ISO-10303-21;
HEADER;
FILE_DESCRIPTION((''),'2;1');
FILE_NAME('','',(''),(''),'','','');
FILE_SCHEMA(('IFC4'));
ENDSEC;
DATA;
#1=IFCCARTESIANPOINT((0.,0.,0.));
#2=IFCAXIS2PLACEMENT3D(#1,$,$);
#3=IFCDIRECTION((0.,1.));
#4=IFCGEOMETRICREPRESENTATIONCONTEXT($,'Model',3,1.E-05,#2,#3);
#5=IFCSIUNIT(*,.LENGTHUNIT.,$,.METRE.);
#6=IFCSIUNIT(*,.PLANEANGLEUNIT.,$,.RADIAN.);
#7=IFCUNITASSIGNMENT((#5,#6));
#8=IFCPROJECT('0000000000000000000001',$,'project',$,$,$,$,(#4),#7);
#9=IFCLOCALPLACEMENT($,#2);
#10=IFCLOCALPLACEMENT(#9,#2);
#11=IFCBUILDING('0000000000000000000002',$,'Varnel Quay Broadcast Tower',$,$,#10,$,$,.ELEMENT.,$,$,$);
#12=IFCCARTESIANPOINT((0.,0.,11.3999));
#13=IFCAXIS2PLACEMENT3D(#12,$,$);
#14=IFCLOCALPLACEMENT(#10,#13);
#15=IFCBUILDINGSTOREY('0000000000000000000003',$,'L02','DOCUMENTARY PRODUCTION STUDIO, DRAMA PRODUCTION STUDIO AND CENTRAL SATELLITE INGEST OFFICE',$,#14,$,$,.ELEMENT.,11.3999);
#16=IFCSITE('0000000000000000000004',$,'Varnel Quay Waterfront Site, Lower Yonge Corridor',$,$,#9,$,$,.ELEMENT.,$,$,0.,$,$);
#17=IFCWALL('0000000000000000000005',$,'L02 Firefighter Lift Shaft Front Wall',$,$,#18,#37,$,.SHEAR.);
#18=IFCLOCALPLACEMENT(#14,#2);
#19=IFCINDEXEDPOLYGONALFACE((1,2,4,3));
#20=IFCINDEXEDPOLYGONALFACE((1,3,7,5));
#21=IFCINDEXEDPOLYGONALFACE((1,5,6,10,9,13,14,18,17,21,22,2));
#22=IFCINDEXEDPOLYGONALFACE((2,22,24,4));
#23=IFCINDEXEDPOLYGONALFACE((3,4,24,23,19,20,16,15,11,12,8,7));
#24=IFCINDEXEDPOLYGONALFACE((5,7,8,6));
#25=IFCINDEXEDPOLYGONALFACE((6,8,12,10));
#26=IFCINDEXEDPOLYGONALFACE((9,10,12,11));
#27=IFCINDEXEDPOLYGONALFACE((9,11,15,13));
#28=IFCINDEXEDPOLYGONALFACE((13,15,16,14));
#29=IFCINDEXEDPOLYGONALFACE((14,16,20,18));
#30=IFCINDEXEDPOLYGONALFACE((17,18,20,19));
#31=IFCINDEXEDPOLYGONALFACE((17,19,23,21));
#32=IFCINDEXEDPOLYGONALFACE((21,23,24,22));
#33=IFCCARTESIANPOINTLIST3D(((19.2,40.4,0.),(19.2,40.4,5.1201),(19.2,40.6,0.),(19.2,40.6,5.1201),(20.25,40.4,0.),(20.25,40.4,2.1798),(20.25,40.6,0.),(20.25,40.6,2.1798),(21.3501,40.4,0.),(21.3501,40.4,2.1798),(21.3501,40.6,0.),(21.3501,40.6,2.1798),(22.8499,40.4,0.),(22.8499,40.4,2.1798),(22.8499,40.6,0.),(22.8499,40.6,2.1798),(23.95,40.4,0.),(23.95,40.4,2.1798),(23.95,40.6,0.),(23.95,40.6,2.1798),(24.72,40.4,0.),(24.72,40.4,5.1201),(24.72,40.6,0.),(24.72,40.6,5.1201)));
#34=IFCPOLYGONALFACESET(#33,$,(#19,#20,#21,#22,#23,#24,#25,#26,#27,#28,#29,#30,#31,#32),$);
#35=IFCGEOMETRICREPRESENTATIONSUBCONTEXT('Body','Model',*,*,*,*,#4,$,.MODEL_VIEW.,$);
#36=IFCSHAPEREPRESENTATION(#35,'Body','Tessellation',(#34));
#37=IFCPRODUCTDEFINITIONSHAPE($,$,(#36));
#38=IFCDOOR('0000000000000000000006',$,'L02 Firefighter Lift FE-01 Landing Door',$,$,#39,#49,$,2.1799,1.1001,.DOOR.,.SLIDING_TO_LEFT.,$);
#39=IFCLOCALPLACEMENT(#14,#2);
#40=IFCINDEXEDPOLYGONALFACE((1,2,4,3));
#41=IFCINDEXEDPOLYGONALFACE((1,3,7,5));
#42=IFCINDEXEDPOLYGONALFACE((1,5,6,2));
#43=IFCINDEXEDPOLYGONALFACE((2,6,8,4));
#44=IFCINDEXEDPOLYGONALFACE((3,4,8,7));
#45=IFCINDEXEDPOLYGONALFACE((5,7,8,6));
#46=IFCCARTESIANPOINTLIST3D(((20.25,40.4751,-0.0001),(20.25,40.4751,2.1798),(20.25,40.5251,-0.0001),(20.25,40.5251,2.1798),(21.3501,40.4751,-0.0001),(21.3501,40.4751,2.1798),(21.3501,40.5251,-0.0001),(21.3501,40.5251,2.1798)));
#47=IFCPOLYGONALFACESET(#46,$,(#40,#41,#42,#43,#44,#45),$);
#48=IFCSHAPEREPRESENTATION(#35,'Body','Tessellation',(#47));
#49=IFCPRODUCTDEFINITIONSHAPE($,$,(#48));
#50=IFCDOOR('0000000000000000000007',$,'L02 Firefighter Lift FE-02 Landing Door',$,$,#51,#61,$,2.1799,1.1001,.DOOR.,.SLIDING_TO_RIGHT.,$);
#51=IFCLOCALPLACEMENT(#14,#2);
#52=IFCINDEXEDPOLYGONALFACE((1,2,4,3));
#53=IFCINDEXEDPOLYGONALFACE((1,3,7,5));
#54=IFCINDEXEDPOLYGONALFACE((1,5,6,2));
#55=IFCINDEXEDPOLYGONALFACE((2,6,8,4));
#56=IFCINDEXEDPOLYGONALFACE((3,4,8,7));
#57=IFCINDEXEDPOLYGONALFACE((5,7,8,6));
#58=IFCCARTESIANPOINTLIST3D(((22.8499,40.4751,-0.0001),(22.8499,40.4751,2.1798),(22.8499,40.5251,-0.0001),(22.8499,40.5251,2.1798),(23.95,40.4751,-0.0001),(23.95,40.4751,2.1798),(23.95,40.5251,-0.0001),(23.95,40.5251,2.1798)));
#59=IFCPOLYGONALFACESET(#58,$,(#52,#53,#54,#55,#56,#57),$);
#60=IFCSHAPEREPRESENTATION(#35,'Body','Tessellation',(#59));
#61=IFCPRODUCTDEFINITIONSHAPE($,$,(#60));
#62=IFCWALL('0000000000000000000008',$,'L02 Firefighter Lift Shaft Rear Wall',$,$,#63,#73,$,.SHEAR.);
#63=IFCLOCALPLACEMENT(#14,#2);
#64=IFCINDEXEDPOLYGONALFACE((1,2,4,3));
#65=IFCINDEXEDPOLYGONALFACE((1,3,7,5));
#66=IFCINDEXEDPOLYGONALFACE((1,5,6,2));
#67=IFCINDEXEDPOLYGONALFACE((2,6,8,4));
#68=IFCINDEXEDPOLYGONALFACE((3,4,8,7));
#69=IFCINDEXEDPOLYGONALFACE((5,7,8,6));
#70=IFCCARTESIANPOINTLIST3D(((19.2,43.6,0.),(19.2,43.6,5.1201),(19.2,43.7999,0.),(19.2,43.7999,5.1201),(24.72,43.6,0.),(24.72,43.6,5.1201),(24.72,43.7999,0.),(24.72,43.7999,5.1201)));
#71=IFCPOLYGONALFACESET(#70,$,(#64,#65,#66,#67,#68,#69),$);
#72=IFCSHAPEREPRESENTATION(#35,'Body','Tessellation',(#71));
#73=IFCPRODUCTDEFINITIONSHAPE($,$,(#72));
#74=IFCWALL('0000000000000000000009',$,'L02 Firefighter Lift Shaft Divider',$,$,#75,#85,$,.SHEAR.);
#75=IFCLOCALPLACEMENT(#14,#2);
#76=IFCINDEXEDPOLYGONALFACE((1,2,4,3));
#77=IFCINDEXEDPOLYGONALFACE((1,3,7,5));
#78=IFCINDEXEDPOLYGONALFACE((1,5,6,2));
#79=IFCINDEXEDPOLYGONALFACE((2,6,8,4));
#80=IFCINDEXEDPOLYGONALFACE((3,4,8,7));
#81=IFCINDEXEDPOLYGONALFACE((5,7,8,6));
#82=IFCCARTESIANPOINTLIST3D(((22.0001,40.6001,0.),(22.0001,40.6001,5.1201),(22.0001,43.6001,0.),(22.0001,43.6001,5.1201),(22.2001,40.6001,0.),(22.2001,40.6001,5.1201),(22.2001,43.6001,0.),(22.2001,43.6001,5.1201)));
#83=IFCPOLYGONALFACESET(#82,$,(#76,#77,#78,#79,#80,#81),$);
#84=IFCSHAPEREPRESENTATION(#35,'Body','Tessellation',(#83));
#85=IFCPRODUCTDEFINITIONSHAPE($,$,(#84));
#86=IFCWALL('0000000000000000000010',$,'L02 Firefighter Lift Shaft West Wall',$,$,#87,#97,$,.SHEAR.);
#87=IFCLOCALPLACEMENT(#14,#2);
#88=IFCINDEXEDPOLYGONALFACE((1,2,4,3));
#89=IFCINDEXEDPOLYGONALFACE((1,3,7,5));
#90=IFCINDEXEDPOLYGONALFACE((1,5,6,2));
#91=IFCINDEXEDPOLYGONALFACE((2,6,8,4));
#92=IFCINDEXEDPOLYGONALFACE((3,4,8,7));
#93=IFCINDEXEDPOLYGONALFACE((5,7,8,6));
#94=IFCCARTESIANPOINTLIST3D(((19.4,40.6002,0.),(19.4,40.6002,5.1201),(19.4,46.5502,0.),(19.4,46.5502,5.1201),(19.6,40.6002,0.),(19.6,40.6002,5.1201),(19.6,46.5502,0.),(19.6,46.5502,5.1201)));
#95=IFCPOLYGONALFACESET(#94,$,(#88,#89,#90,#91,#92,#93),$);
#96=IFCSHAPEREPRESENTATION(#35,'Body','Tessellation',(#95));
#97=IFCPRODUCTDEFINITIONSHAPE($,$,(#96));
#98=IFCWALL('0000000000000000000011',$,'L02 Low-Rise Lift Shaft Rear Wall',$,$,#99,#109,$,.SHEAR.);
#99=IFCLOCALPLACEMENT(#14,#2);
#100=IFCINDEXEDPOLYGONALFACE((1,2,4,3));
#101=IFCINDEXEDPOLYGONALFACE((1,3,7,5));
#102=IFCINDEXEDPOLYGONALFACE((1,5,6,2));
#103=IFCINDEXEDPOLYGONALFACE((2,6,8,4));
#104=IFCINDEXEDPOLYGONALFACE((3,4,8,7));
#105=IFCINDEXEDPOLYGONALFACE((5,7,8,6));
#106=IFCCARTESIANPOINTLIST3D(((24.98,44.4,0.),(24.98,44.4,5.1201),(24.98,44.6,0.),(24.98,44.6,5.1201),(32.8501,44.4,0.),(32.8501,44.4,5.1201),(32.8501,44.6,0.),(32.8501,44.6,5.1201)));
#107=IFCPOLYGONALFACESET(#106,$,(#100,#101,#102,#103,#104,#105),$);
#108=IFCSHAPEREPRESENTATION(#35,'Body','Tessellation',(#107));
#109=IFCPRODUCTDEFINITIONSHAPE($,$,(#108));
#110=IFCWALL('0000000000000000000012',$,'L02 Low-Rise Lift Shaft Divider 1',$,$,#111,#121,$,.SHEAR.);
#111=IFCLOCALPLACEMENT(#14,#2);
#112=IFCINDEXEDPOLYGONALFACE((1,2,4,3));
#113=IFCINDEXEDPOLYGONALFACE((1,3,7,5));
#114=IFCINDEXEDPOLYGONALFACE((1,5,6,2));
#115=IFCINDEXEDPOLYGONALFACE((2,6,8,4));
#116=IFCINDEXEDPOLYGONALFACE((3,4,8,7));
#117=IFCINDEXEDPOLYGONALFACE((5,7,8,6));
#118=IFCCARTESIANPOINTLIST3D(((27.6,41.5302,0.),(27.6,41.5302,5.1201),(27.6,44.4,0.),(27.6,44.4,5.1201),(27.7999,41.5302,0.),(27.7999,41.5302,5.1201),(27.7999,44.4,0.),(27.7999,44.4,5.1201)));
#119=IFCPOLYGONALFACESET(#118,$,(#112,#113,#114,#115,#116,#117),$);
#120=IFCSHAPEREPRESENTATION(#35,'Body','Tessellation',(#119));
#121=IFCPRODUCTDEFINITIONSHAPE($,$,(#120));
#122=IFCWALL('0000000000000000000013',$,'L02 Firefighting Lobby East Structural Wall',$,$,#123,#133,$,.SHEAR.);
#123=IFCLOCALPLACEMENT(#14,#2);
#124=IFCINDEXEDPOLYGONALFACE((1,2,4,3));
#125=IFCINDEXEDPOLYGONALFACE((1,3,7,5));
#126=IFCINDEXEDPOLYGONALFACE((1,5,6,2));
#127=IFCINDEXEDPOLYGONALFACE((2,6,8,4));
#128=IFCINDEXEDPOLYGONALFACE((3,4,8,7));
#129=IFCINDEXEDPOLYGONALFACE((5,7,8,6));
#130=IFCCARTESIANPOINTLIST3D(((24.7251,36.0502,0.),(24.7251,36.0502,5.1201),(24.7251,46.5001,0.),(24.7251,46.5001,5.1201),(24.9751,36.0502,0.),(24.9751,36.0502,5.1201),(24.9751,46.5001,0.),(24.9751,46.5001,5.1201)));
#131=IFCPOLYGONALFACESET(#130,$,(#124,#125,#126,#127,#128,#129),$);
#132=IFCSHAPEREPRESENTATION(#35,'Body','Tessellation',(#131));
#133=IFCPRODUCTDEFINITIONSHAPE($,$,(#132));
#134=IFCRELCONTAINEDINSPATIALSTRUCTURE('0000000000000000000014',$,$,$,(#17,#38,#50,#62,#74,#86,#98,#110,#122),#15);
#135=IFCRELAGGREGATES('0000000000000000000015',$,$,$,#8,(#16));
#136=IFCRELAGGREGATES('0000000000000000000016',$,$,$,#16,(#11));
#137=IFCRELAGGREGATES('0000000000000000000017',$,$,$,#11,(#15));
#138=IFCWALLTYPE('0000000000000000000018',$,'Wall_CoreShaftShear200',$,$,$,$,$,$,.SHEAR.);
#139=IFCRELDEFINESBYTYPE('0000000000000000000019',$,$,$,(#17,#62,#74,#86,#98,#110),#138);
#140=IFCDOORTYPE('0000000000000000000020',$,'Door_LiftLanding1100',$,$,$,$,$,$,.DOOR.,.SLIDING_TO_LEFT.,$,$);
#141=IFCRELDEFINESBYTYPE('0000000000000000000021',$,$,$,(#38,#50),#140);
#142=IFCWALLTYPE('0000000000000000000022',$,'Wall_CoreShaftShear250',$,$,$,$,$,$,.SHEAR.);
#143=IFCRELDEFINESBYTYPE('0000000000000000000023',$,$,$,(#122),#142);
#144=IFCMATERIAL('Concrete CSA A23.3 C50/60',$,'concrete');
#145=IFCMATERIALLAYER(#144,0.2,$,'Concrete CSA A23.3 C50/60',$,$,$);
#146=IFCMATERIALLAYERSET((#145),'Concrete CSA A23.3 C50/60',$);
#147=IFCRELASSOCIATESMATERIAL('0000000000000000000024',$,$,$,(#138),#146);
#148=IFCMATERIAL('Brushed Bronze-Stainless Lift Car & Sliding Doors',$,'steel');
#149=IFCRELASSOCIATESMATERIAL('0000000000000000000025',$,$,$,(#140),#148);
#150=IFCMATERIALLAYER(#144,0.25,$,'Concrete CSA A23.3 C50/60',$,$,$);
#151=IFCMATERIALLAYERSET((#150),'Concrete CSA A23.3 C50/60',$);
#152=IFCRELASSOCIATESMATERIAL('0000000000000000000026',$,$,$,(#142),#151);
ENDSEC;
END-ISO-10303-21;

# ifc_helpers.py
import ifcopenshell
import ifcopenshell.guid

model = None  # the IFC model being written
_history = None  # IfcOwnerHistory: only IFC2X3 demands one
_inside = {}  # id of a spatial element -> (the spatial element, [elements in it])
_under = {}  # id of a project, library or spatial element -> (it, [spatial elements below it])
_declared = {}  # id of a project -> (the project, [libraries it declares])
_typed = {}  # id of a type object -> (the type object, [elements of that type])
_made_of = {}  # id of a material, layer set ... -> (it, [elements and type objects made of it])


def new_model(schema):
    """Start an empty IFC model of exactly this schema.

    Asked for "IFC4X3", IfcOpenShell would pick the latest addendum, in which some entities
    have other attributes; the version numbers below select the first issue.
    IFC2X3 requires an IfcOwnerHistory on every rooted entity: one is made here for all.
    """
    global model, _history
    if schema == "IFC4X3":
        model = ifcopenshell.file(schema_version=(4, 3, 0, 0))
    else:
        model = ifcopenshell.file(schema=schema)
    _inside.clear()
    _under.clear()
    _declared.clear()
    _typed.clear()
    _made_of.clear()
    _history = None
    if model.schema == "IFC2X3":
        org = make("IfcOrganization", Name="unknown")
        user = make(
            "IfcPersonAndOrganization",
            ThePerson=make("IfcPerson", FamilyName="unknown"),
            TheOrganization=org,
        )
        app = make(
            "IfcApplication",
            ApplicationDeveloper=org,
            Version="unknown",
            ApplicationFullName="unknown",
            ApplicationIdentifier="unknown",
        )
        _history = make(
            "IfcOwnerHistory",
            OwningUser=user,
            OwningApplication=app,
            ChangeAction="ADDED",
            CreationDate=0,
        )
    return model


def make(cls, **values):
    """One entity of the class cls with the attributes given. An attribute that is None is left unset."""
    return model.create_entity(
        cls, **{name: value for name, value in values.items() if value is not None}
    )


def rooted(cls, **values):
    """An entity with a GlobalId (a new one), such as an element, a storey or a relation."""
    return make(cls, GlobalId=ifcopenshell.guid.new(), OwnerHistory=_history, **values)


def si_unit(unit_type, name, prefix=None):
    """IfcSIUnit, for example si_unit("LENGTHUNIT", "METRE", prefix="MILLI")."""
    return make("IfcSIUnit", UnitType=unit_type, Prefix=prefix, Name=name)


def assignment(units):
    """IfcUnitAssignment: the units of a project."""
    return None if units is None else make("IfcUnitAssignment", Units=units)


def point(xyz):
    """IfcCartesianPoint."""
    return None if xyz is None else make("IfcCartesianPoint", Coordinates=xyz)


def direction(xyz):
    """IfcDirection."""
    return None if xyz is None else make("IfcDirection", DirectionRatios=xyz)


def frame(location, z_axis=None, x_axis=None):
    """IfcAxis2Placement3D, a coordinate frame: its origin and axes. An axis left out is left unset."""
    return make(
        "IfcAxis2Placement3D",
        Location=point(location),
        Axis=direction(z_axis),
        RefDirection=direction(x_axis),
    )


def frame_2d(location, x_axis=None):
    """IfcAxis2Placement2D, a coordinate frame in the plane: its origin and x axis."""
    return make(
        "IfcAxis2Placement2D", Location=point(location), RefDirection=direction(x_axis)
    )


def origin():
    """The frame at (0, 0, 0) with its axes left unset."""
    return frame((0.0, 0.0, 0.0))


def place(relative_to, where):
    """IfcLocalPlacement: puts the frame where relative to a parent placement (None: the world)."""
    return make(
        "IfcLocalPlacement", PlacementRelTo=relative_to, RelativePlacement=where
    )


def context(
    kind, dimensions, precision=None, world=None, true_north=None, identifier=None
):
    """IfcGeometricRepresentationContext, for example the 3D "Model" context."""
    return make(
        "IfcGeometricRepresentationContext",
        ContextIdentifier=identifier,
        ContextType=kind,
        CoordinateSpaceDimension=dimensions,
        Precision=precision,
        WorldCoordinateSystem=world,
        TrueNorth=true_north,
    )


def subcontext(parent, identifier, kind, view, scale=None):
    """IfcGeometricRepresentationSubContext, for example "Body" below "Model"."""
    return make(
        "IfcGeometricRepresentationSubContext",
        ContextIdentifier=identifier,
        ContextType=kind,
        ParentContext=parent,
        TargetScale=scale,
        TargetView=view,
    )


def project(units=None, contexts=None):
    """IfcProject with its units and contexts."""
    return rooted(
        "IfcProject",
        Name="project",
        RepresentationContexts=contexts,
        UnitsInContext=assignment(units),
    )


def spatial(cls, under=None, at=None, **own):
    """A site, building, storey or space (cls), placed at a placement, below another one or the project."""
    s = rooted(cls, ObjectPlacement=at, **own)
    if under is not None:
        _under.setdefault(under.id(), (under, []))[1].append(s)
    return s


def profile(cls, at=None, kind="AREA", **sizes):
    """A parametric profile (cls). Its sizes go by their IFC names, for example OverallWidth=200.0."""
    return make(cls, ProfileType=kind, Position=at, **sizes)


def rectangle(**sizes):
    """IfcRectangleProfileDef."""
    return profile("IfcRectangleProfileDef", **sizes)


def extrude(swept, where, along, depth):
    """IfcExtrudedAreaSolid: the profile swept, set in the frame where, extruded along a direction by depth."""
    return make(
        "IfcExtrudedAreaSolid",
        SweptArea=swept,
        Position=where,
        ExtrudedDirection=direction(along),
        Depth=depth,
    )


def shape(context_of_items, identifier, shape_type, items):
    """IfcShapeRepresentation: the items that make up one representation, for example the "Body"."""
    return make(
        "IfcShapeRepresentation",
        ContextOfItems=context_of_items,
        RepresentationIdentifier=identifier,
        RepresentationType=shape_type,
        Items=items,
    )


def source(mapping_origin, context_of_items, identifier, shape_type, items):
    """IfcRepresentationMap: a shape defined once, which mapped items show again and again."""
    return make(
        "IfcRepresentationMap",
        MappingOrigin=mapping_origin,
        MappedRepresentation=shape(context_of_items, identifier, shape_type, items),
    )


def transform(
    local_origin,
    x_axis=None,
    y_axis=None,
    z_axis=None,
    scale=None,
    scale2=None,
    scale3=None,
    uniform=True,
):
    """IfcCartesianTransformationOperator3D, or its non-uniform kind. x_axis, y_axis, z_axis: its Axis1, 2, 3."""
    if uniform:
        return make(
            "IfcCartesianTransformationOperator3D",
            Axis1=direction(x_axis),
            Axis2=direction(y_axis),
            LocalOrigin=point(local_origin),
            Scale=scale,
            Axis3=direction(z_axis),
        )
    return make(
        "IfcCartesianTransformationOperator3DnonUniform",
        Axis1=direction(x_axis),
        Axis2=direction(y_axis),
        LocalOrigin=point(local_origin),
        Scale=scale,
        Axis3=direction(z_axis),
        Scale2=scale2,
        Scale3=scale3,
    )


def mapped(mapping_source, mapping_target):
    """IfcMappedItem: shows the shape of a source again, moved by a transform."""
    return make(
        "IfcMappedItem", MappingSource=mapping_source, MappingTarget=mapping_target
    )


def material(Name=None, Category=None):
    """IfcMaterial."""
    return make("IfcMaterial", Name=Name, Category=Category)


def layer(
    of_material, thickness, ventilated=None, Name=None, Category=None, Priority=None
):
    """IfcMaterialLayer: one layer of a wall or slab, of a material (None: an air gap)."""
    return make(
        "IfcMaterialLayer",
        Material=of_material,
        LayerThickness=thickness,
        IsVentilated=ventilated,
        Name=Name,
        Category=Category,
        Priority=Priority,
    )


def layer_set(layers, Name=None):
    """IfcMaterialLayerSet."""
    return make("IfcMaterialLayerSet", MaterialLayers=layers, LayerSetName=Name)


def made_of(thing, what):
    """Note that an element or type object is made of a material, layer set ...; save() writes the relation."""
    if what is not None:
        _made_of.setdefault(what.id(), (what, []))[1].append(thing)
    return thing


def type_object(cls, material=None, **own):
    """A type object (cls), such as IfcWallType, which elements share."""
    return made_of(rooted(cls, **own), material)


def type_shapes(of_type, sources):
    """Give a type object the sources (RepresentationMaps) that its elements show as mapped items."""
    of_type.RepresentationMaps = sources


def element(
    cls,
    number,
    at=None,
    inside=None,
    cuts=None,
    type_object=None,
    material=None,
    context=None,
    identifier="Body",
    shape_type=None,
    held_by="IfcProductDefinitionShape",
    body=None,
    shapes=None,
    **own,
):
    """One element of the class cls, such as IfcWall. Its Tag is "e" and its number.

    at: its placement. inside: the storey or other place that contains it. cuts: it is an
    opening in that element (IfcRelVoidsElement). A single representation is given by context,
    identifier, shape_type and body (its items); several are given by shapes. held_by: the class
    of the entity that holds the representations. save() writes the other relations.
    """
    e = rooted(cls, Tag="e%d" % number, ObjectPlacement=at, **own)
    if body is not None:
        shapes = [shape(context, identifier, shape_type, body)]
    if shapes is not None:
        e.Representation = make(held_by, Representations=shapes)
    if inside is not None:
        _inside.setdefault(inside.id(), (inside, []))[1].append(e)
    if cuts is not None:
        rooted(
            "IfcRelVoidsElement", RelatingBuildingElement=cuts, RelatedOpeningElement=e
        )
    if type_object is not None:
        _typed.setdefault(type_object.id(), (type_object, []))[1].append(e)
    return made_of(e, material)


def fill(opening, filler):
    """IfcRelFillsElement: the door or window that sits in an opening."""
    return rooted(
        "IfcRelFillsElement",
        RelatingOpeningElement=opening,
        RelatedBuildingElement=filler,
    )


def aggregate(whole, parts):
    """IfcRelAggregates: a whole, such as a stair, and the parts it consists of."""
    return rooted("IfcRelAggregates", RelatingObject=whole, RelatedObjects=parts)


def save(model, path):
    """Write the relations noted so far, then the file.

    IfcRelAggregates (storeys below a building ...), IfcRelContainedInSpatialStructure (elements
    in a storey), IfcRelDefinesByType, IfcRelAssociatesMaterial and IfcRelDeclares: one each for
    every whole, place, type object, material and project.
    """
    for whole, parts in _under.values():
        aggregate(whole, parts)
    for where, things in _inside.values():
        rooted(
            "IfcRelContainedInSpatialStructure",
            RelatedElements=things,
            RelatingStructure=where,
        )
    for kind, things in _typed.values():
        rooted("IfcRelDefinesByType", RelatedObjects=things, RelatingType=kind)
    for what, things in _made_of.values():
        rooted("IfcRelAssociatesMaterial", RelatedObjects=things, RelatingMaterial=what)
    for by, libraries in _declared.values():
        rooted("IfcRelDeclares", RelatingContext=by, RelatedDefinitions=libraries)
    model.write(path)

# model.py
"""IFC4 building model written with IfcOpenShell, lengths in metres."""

from ifc_helpers import new_model, si_unit, direction, frame, frame_2d, origin, place, context, subcontext, project, spatial, rectangle, extrude, source, transform, mapped, material, layer, layer_set, type_object, type_shapes, element, fill, save


model = new_model("IFC4")

# Units and contexts
model_context = context("Model", 3, precision=1e-05, world=origin(), true_north=direction((0.0, 1.0)))
body_context = subcontext(model_context, "Body", "Model", "MODEL_VIEW")
ifc_project = project(units=[si_unit("LENGTHUNIT", "METRE"), si_unit("PLANEANGLEUNIT", "RADIAN")], contexts=[model_context])

# Site, building, storey
site_placement = place(None, origin())
site = spatial("IfcSite", under=ifc_project, at=site_placement, Name="Varnel Quay Waterfront Site, Lower Yonge Corridor", CompositionType="ELEMENT", RefElevation=0.0)
building_placement = place(site_placement, origin())
building = spatial("IfcBuilding", under=site, at=building_placement, Name="Varnel Quay Broadcast Tower", CompositionType="ELEMENT")
storey_placement = place(building_placement, frame((0.0, 0.0, 11.3999)))
storey = spatial("IfcBuildingStorey", under=building, at=storey_placement, Name="L02", Description="DOCUMENTARY PRODUCTION STUDIO, DRAMA PRODUCTION STUDIO AND CENTRAL SATELLITE INGEST OFFICE", CompositionType="ELEMENT", Elevation=11.3999)

# Shared definitions
ifc_material_1 = material(Name="Concrete CSA A23.3 C50/60", Category="concrete")
ifc_layer_1 = layer(ifc_material_1, 0.2, Name="Concrete CSA A23.3 C50/60")
ifc_layer_set_1 = layer_set([ifc_layer_1], Name="Concrete CSA A23.3 C50/60")
wall_type_1 = type_object("IfcWallType", Name="Wall_CoreShaftShear200", PredefinedType="SHEAR", material=ifc_layer_set_1)

# Wall, openings, doors
wall_1_placement = place(storey_placement, frame((19.2, 40.5, 0.0), z_axis=(0.0, 0.0, 1.0), x_axis=(1.0, 0.0, 0.0)))
wall_1 = element("IfcWall", 1, at=wall_1_placement, inside=storey, type_object=wall_type_1, Name="L02 Firefighter Lift Shaft Front Wall", PredefinedType="SHEAR", context=body_context, shape_type="SweptSolid", body=[
    extrude(rectangle(XDim=5.52, YDim=0.2, at=frame_2d((2.76, 0.0))), origin(), (0.0, 0.0, 1.0), 5.1201),
])
opening_1_placement = place(wall_1_placement, frame((1.05, 0.0, 0.0)))
opening_1 = element("IfcOpeningElement", 2, at=opening_1_placement, cuts=wall_1, PredefinedType="OPENING", context=body_context, shape_type="SweptSolid", body=[
    extrude(rectangle(XDim=1.1001, YDim=2.1799, at=frame_2d((0.55, 1.0898))), frame((0.0, 0.1099, 0.0), z_axis=(0.0, -1.0, 0.0), x_axis=(1.0, 0.0, 0.0)), (0.0, 0.0, 1.0), 0.22),
])
opening_2_placement = place(wall_1_placement, frame((3.6499, 0.0, 0.0)))
opening_2 = element("IfcOpeningElement", 3, at=opening_2_placement, cuts=wall_1, PredefinedType="OPENING", context=body_context, shape_type="SweptSolid", body=[
    extrude(rectangle(XDim=1.1001, YDim=2.1799, at=frame_2d((0.55, 1.0898))), frame((0.0, 0.1099, 0.0), z_axis=(0.0, -1.0, 0.0), x_axis=(1.0, 0.0, 0.0)), (0.0, 0.0, 1.0), 0.22),
])
ifc_material_2 = material(Name="Brushed Bronze-Stainless Lift Car & Sliding Doors", Category="steel")
door_type_1 = type_object("IfcDoorType", Name="Door_LiftLanding1100", OperationType="SLIDING_TO_LEFT", PredefinedType="DOOR", material=ifc_material_2)
shared_shape_1 = source(origin(), body_context, "Body", "SweptSolid", [
    extrude(rectangle(XDim=1.1001, YDim=2.1799, at=frame_2d((0.55, 1.0898))), frame((0.0, 0.0249, 0.0), z_axis=(0.0, -1.0, 0.0), x_axis=(1.0, 0.0, 0.0)), (0.0, 0.0, 1.0), 0.05),
])
type_shapes(door_type_1, [shared_shape_1])
door_1_placement = place(opening_1_placement, frame((1.1001, 0.0, 0.0), z_axis=(0.0, 0.0, 1.0), x_axis=(-1.0, 0.0, 0.0)))
door_1 = element("IfcDoor", 4, at=door_1_placement, inside=storey, type_object=door_type_1, Name="L02 Firefighter Lift FE-01 Landing Door", OperationType="SLIDING_TO_LEFT", OverallHeight=2.1799, OverallWidth=1.1001, PredefinedType="DOOR", context=body_context, shape_type="MappedRepresentation", body=[
    mapped(shared_shape_1, transform((0.0, 0.0, 0.0), x_axis=(1.0, 0.0, 0.0), y_axis=(0.0, 1.0, 0.0), z_axis=(0.0, 0.0, 1.0), scale=1.0)),
])
fill(opening_1, door_1)
door_2_placement = place(opening_2_placement, frame((1.1001, 0.0, 0.0), z_axis=(0.0, 0.0, 1.0), x_axis=(-1.0, 0.0, 0.0)))
door_2 = element("IfcDoor", 5, at=door_2_placement, inside=storey, type_object=door_type_1, Name="L02 Firefighter Lift FE-02 Landing Door", OperationType="SLIDING_TO_RIGHT", OverallHeight=2.1799, OverallWidth=1.1001, PredefinedType="DOOR", context=body_context, shape_type="MappedRepresentation", body=[
    mapped(shared_shape_1, transform((0.0, 0.0, 0.0), x_axis=(1.0, 0.0, 0.0), y_axis=(0.0, 1.0, 0.0), z_axis=(0.0, 0.0, 1.0), scale=1.0)),
])
fill(opening_2, door_2)

# Walls
wall_2_placement = place(storey_placement, frame((19.2, 43.7, 0.0), z_axis=(0.0, 0.0, 1.0), x_axis=(1.0, 0.0, 0.0)))
element("IfcWall", 6, at=wall_2_placement, inside=storey, type_object=wall_type_1, Name="L02 Firefighter Lift Shaft Rear Wall", PredefinedType="SHEAR", context=body_context, shape_type="SweptSolid", body=[
    extrude(rectangle(XDim=5.52, YDim=0.2, at=frame_2d((2.76, 0.0))), origin(), (0.0, 0.0, 1.0), 5.1201),
])
wall_3_placement = place(storey_placement, frame((22.1001, 40.6001, 0.0), z_axis=(0.0, 0.0, 1.0), x_axis=(0.0, 1.0, 0.0)))
element("IfcWall", 7, at=wall_3_placement, inside=storey, type_object=wall_type_1, Name="L02 Firefighter Lift Shaft Divider", PredefinedType="SHEAR", context=body_context, shape_type="SweptSolid", body=[
    extrude(rectangle(XDim=3.0, YDim=0.2, at=frame_2d((1.5, 0.0))), origin(), (0.0, 0.0, 1.0), 5.1201),
])
wall_4_placement = place(storey_placement, frame((19.5, 40.6001, 0.0), z_axis=(0.0, 0.0, 1.0), x_axis=(0.0, 1.0, 0.0)))
element("IfcWall", 8, at=wall_4_placement, inside=storey, type_object=wall_type_1, Name="L02 Firefighter Lift Shaft West Wall", PredefinedType="SHEAR", context=body_context, shape_type="SweptSolid", body=[
    extrude(rectangle(XDim=5.95, YDim=0.2, at=frame_2d((2.9751, 0.0))), origin(), (0.0, 0.0, 1.0), 5.1201),
])
wall_5_placement = place(storey_placement, frame((24.98, 44.5, 0.0), z_axis=(0.0, 0.0, 1.0), x_axis=(1.0, 0.0, 0.0)))
element("IfcWall", 9, at=wall_5_placement, inside=storey, type_object=wall_type_1, Name="L02 Low-Rise Lift Shaft Rear Wall", PredefinedType="SHEAR", context=body_context, shape_type="SweptSolid", body=[
    extrude(rectangle(XDim=7.8701, YDim=0.2, at=frame_2d((3.9351, 0.0))), origin(), (0.0, 0.0, 1.0), 5.1201),
])
wall_6_placement = place(storey_placement, frame((27.7, 41.53, 0.0), z_axis=(0.0, 0.0, 1.0), x_axis=(0.0, 1.0, 0.0)))
element("IfcWall", 10, at=wall_6_placement, inside=storey, type_object=wall_type_1, Name="L02 Low-Rise Lift Shaft Divider 1", PredefinedType="SHEAR", context=body_context, shape_type="SweptSolid", body=[
    extrude(rectangle(XDim=2.8699, YDim=0.2, at=frame_2d((1.4351, 0.0))), origin(), (0.0, 0.0, 1.0), 5.1201),
])
ifc_layer_2 = layer(ifc_material_1, 0.25, Name="Concrete CSA A23.3 C50/60")
ifc_layer_set_2 = layer_set([ifc_layer_2], Name="Concrete CSA A23.3 C50/60")
wall_type_2 = type_object("IfcWallType", Name="Wall_CoreShaftShear250", PredefinedType="SHEAR", material=ifc_layer_set_2)
wall_7_placement = place(storey_placement, frame((24.8501, 36.05, 0.0), z_axis=(0.0, 0.0, 1.0), x_axis=(0.0, 1.0, 0.0)))
element("IfcWall", 11, at=wall_7_placement, inside=storey, type_object=wall_type_2, Name="L02 Firefighting Lobby East Structural Wall", PredefinedType="SHEAR", context=body_context, shape_type="SweptSolid", body=[
    extrude(rectangle(XDim=10.45, YDim=0.25, at=frame_2d((5.2251, 0.0))), origin(), (0.0, 0.0, 1.0), 5.1201),
])

save(model, "model.ifc")
